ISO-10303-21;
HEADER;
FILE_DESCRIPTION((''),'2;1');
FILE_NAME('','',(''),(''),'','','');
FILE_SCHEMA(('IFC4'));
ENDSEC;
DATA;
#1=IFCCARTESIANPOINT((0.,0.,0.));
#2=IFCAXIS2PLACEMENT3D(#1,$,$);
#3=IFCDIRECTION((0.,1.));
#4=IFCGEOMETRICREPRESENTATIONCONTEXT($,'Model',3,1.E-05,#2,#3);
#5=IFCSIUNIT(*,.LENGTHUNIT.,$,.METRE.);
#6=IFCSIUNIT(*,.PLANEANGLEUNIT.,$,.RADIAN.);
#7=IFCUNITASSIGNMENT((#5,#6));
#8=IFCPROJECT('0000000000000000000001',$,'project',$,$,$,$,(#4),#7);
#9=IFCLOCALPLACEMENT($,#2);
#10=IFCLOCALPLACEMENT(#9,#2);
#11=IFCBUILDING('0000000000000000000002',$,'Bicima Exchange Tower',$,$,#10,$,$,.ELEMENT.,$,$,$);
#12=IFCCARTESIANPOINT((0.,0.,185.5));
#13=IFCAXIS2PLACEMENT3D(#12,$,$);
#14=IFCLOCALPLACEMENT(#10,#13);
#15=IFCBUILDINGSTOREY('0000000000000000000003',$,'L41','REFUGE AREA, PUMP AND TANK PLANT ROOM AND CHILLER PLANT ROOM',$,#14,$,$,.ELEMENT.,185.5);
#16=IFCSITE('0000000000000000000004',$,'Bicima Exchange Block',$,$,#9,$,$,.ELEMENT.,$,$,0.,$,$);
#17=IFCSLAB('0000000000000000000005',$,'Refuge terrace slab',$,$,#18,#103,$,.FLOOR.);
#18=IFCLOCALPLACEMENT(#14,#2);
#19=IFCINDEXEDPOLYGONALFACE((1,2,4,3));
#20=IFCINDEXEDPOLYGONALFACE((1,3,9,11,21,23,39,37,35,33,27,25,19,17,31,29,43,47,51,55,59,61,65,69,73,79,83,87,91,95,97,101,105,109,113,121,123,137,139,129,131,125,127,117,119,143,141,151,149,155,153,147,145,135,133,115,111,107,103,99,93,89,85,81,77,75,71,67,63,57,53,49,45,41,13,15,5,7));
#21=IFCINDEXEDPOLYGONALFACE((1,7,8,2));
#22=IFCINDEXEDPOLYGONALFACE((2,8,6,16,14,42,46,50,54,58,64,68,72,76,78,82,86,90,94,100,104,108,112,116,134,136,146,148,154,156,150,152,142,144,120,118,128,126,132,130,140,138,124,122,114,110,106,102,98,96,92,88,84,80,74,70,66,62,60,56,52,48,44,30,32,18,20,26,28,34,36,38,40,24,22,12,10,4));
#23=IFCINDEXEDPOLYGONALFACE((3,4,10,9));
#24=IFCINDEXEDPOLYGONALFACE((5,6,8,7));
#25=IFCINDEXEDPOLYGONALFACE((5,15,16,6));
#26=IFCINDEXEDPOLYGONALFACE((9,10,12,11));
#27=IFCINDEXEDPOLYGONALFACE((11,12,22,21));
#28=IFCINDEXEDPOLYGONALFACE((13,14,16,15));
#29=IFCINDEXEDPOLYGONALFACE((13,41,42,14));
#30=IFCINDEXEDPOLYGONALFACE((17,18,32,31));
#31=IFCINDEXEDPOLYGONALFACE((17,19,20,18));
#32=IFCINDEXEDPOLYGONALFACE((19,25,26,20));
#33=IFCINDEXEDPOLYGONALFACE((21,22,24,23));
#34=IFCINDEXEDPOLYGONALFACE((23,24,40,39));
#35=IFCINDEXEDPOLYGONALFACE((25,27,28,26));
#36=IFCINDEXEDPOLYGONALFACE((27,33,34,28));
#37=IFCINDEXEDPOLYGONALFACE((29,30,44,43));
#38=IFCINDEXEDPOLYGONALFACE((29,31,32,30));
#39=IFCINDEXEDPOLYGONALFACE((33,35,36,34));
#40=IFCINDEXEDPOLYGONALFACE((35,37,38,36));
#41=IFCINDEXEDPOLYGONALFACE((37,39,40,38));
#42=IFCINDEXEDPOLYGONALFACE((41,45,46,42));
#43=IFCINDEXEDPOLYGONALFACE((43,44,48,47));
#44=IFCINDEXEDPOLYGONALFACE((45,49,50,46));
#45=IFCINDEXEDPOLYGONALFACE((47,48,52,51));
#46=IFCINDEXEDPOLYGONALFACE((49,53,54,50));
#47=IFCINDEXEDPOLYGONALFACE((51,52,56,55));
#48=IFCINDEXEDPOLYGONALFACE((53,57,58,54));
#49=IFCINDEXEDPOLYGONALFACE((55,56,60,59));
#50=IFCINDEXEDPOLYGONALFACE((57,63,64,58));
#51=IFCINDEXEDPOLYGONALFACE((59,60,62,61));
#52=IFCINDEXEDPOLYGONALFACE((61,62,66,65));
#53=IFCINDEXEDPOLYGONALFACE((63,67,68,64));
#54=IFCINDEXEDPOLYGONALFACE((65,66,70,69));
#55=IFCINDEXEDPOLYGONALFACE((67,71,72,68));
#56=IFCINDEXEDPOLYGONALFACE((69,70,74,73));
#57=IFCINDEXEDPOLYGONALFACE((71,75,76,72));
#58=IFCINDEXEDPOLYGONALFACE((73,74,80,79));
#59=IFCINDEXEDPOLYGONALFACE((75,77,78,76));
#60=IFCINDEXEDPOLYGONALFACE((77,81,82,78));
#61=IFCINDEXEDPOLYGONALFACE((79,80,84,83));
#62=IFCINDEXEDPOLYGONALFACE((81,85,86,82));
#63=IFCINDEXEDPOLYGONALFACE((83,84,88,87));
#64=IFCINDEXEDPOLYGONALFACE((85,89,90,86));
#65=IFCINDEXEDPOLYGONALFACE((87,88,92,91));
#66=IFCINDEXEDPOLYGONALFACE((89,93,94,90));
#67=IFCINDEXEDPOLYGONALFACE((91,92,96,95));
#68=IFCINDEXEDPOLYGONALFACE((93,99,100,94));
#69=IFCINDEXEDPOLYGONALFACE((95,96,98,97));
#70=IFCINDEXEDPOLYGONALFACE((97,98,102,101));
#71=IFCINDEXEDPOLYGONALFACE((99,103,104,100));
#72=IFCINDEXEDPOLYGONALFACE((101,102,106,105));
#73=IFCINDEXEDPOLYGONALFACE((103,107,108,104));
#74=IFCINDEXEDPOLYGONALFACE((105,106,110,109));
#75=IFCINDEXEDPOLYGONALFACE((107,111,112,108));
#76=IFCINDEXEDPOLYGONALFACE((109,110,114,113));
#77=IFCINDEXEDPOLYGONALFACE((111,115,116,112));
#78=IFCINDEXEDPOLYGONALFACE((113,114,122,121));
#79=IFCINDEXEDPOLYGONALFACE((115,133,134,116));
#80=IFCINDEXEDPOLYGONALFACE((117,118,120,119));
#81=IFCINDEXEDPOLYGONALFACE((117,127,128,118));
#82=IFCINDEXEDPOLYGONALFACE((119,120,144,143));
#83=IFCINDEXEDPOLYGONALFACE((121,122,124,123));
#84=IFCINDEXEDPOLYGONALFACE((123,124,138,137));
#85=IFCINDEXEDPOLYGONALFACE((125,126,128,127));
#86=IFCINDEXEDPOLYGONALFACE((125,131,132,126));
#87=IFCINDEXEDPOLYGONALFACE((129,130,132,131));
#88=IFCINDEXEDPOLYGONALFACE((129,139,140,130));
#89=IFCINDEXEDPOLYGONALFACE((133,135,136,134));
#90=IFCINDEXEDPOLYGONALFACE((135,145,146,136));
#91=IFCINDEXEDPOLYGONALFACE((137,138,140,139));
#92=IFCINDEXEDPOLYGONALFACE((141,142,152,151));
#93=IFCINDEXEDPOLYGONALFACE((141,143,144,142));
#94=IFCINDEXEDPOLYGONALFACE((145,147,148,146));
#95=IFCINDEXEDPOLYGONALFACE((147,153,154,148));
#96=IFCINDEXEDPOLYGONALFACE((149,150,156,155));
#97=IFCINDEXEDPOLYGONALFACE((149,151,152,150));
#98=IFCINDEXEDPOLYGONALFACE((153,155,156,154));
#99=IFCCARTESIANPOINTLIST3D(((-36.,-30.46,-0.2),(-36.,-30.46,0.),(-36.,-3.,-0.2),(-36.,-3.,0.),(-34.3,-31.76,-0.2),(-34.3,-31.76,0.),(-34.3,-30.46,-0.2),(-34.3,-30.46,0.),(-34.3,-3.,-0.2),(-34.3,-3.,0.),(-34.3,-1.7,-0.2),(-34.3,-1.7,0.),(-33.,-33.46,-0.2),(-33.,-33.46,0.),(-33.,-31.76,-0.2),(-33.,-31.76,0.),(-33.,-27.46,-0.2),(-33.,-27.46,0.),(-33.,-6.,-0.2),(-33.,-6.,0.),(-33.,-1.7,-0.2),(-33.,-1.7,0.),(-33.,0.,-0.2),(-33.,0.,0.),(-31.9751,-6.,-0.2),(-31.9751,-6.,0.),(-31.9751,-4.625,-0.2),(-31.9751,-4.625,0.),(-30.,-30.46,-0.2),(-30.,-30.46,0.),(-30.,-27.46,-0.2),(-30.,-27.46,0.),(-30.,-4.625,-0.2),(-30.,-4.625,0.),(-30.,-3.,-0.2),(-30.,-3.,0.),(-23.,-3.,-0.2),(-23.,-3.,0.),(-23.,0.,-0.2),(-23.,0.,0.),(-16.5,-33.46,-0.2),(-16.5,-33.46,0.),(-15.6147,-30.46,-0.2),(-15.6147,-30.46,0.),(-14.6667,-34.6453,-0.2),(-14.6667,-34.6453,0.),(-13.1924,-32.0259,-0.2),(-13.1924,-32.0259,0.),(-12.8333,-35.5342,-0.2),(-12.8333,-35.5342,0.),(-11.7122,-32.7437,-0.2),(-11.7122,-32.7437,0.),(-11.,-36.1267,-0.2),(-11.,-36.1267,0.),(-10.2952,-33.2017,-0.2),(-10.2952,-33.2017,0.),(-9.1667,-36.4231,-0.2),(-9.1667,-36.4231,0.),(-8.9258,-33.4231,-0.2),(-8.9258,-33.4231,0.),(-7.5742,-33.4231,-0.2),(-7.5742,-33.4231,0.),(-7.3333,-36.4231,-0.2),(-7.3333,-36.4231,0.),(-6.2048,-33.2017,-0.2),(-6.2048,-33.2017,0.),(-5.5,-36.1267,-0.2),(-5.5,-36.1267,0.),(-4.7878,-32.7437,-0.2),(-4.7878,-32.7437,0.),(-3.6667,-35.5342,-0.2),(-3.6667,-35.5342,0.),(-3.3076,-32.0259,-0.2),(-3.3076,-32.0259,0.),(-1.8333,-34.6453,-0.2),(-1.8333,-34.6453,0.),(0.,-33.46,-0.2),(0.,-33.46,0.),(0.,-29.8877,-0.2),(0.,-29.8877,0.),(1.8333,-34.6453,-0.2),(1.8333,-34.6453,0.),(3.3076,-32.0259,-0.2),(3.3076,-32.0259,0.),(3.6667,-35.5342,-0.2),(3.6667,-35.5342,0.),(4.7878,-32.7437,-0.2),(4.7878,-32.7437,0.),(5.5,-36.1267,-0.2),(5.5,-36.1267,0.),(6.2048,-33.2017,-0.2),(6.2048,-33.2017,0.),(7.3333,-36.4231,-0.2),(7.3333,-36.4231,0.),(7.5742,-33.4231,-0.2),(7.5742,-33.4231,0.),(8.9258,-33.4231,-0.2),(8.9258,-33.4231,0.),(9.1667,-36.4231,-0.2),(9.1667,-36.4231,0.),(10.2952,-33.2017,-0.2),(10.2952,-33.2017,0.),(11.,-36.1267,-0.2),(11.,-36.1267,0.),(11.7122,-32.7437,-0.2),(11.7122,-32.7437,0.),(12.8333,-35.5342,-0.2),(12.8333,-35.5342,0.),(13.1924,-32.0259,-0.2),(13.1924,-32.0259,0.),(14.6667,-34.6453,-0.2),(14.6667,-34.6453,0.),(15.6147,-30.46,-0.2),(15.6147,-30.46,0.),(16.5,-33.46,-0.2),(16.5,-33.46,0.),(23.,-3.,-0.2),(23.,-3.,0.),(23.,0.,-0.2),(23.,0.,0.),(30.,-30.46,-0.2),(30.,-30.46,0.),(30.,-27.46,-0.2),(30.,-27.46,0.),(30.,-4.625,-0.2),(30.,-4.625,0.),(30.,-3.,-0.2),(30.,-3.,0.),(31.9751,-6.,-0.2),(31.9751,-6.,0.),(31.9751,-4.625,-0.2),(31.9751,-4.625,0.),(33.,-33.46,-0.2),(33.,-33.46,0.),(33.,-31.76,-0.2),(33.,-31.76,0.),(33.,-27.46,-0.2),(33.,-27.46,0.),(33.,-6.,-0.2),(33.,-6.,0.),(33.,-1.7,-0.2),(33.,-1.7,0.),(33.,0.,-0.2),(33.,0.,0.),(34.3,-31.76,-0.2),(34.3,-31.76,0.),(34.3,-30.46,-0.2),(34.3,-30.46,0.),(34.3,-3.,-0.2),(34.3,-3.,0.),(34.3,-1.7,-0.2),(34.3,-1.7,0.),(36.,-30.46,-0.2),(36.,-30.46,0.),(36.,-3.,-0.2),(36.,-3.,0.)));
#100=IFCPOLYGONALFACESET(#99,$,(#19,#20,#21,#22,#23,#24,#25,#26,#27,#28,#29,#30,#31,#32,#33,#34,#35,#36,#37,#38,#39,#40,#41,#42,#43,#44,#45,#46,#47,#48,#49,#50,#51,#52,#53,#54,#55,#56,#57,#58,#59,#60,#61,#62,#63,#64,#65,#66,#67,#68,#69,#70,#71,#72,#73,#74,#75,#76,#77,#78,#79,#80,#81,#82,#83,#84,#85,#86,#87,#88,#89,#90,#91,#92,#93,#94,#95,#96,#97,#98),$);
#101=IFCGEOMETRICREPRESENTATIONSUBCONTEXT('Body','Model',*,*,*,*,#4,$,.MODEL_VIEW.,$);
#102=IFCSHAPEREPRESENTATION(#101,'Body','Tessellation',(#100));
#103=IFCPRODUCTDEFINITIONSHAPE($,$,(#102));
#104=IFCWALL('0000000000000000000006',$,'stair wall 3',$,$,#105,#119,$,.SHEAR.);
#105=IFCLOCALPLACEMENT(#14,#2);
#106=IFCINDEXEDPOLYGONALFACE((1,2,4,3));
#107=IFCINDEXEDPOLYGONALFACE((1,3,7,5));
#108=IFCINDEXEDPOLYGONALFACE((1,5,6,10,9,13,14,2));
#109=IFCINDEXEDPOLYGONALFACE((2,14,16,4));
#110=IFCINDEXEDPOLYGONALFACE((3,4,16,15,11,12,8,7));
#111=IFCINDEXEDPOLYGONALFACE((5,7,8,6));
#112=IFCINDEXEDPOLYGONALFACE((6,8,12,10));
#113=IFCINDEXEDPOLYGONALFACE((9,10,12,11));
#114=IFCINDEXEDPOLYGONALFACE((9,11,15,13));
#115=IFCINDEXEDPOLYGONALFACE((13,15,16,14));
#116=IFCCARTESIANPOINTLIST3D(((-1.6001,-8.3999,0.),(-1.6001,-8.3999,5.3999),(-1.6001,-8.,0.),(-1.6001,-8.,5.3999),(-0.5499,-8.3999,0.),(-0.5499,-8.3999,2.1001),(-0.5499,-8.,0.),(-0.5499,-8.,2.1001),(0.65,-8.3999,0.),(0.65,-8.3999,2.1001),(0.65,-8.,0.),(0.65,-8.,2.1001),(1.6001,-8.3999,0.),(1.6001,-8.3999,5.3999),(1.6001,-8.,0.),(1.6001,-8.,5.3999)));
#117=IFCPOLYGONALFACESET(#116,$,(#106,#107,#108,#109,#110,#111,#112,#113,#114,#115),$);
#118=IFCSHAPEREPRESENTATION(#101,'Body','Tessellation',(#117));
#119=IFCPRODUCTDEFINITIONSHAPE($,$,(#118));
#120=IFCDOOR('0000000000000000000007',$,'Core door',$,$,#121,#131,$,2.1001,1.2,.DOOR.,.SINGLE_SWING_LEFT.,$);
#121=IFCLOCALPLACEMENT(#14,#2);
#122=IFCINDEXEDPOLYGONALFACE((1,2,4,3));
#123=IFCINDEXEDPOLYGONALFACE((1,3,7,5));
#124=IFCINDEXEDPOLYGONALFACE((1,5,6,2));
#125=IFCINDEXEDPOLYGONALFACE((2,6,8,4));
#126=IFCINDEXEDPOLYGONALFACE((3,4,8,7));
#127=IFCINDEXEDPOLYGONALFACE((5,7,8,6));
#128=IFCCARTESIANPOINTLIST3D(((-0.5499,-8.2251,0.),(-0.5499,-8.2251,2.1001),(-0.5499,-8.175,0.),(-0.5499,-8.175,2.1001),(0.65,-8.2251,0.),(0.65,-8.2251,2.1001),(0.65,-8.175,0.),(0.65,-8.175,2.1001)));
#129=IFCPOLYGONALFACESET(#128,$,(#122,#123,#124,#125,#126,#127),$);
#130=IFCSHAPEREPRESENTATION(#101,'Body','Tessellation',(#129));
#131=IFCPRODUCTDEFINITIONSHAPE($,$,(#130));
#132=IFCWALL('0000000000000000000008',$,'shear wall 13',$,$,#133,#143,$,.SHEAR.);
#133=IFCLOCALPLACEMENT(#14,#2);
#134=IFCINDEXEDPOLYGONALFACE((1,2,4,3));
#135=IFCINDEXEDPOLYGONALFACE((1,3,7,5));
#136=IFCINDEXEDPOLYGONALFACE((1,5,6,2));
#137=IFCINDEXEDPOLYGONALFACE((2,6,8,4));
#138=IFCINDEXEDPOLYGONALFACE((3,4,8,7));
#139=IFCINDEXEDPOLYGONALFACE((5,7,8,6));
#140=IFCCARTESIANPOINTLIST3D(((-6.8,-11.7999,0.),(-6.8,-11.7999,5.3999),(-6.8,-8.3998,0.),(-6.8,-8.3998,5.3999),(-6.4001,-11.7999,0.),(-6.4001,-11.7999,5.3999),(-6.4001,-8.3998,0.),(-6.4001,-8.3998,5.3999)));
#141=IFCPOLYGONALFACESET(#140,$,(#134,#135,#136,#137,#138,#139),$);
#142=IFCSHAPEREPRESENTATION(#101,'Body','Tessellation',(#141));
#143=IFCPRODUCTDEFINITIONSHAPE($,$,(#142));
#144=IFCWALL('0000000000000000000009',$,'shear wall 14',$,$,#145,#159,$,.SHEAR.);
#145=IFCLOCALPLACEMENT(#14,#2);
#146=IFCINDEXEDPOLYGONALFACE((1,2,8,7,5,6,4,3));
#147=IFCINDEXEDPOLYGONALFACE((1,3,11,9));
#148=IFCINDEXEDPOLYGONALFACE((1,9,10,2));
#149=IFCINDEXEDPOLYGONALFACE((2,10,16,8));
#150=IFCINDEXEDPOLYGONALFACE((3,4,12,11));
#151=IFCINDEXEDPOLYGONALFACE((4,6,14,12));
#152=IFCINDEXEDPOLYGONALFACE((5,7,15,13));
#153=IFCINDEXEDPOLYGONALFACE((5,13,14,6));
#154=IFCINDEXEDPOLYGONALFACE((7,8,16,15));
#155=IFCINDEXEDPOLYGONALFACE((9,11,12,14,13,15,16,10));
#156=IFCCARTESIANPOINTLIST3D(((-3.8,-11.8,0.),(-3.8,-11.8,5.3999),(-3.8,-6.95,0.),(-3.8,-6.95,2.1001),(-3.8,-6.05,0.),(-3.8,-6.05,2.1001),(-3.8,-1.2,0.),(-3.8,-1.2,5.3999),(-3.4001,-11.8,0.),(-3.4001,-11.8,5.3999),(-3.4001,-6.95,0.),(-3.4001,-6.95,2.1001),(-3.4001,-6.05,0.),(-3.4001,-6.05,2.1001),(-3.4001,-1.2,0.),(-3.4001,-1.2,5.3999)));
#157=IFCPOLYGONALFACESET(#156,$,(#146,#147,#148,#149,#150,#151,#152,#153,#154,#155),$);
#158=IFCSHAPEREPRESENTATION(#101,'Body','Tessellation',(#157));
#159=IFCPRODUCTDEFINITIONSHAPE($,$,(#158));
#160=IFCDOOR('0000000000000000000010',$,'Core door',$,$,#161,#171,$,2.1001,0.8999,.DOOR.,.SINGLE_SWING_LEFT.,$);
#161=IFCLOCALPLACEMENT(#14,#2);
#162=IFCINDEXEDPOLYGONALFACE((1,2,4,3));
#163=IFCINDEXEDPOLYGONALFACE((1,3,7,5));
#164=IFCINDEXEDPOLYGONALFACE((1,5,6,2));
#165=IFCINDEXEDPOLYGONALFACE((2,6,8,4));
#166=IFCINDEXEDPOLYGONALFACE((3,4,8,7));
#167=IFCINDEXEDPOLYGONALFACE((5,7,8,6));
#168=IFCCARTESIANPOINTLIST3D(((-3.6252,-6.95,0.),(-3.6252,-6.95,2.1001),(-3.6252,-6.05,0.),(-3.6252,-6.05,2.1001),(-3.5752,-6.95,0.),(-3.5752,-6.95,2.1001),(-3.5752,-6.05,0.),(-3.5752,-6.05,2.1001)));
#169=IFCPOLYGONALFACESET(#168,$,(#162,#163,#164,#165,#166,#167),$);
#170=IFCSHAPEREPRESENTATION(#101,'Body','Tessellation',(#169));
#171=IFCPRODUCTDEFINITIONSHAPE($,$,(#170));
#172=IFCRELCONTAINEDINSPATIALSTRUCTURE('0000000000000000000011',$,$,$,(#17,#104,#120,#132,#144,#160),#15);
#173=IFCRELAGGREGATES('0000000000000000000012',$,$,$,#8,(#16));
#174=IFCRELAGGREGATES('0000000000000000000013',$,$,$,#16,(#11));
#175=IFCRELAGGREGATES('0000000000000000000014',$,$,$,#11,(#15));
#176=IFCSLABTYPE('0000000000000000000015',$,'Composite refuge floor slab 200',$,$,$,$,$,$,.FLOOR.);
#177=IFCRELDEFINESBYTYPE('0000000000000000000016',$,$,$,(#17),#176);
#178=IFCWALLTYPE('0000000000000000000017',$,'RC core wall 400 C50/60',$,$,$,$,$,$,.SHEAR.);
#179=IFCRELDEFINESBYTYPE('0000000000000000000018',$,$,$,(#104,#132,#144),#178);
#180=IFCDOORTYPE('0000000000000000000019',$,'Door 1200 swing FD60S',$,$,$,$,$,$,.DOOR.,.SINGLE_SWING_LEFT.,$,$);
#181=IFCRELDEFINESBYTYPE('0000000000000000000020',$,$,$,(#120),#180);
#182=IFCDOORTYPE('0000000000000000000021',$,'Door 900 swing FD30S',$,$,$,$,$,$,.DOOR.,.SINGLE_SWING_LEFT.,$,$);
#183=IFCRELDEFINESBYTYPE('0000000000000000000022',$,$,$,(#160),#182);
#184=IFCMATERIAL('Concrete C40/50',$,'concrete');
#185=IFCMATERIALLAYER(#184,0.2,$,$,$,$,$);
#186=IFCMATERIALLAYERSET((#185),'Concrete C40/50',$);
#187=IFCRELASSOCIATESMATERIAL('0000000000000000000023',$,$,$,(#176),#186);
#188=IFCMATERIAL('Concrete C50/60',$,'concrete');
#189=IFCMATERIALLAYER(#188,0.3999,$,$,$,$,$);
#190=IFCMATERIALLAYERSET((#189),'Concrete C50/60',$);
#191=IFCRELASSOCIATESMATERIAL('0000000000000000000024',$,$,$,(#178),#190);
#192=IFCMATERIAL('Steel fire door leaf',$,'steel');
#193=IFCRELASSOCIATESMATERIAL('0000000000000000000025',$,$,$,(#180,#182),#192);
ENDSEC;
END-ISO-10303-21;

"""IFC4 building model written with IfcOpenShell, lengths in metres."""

from ifc_helpers import new_model, si_unit, direction, frame, frame_2d, origin, place, context, subcontext, project, spatial, polyline, rectangle, outline, extrude, material, layer, layer_set, type_object, element, fill, save


model = new_model("IFC4")

# Units and contexts
model_context = context("Model", 3, precision=1e-05, world=origin(), true_north=direction((0.0, 1.0)))
body_context = subcontext(model_context, "Body", "Model", "MODEL_VIEW")
ifc_project = project(units=[si_unit("LENGTHUNIT", "METRE"), si_unit("PLANEANGLEUNIT", "RADIAN")], contexts=[model_context])

# Site, building, storey
site_placement = place(None, origin())
site = spatial("IfcSite", under=ifc_project, at=site_placement, Name="Bicima Exchange Block", CompositionType="ELEMENT", RefElevation=0.0)
building_placement = place(site_placement, origin())
building = spatial("IfcBuilding", under=site, at=building_placement, Name="Bicima Exchange Tower", CompositionType="ELEMENT")
storey_placement = place(building_placement, frame((0.0, 0.0, 185.5)))
storey = spatial("IfcBuildingStorey", under=building, at=storey_placement, Name="L41", Description="REFUGE AREA, PUMP AND TANK PLANT ROOM AND CHILLER PLANT ROOM", CompositionType="ELEMENT", Elevation=185.5)

# Slab
ifc_material_1 = material(Name="Concrete C40/50", Category="concrete")
ifc_layer_1 = layer(ifc_material_1, 0.2)
ifc_layer_set_1 = layer_set([ifc_layer_1], Name="Concrete C40/50")
slab_type = type_object("IfcSlabType", Name="Composite refuge floor slab 200", PredefinedType="FLOOR", material=ifc_layer_set_1)
slab_1_placement = place(storey_placement, frame((0.0, 0.0, -0.2)))
element("IfcSlab", 1, at=slab_1_placement, inside=storey, type_object=slab_type, Name="Refuge terrace slab", PredefinedType="FLOOR", context=body_context, shape_type="SweptSolid", body=[
    extrude(outline(polyline([(30.0, -3.0), (23.0, -3.0), (23.0, 0.0), (33.0, 0.0), (33.0, -1.7), (34.3, -1.7), (34.3, -3.0), (36.0, -3.0), (36.0, -30.46), (34.3, -30.46), (34.3, -31.76), (33.0, -31.76), (33.0, -33.46), (16.5, -33.46), (14.6667, -34.6453), (12.8333, -35.5342), (11.0, -36.1267), (9.1667, -36.4231), (7.3333, -36.4231), (5.5, -36.1267), (3.6667, -35.5342), (1.8333, -34.6453), (0.0, -33.46), (-1.8333, -34.6453), (-3.6667, -35.5342), (-5.5, -36.1267), (-7.3333, -36.4231), (-9.1667, -36.4231), (-11.0, -36.1267), (-12.8333, -35.5342), (-14.6667, -34.6453), (-16.5, -33.46), (-33.0, -33.46), (-33.0, -31.76), (-34.3, -31.76), (-34.3, -30.46), (-36.0, -30.46), (-36.0, -3.0), (-34.3, -3.0), (-34.3, -1.7), (-33.0, -1.7), (-33.0, 0.0), (-23.0, 0.0), (-23.0, -3.0), (-30.0, -3.0), (-30.0, -4.625), (-31.9751, -4.625), (-31.9751, -6.0), (-33.0, -6.0), (-33.0, -27.46), (-30.0, -27.46), (-30.0, -30.46), (-15.6147, -30.46), (-13.1924, -32.0259), (-11.7122, -32.7437), (-10.2952, -33.2017), (-8.9258, -33.4231), (-7.5742, -33.4231), (-6.2048, -33.2017), (-4.7878, -32.7437), (-3.3076, -32.0259), (0.0, -29.8877), (3.3076, -32.0259), (4.7878, -32.7437), (6.2048, -33.2017), (7.5742, -33.4231), (8.9258, -33.4231), (10.2952, -33.2017), (11.7122, -32.7437), (13.1924, -32.0259), (15.6147, -30.46), (30.0, -30.46), (30.0, -27.46), (33.0, -27.46), (33.0, -6.0), (31.9751, -6.0), (31.9751, -4.625), (30.0, -4.625), (30.0, -3.0)])), origin(), (0.0, 0.0, 1.0), 0.2),
])

# Wall, opening, door
ifc_material_2 = material(Name="Concrete C50/60", Category="concrete")
ifc_layer_2 = layer(ifc_material_2, 0.3999)
ifc_layer_set_2 = layer_set([ifc_layer_2], Name="Concrete C50/60")
wall_type_1 = type_object("IfcWallType", Name="RC core wall 400 C50/60", PredefinedType="SHEAR", material=ifc_layer_set_2)
wall_1_placement = place(storey_placement, frame((-1.6001, -8.2, 0.0), z_axis=(0.0, 0.0, 1.0), x_axis=(1.0, 0.0, 0.0)))
wall_1 = element("IfcWall", 2, at=wall_1_placement, inside=storey, type_object=wall_type_1, Name="stair wall 3", PredefinedType="SHEAR", context=body_context, shape_type="SweptSolid", body=[
    extrude(rectangle(XDim=3.2002, YDim=0.3999, at=frame_2d((1.6001, 0.0))), origin(), (0.0, 0.0, 1.0), 5.3999),
])
opening_1_placement = place(wall_1_placement, frame((1.05, 0.0, 0.0)))
opening_1 = element("IfcOpeningElement", 3, at=opening_1_placement, cuts=wall_1, PredefinedType="OPENING", context=body_context, shape_type="SweptSolid", body=[
    extrude(rectangle(XDim=1.2, YDim=2.1001, at=frame_2d((0.6001, 1.05))), frame((0.0, 0.2119, 0.0), z_axis=(0.0, -1.0, 0.0), x_axis=(1.0, 0.0, 0.0)), (0.0, 0.0, 1.0), 0.4238),
])
ifc_material_3 = material(Name="Steel fire door leaf", Category="steel")
door_type_1 = type_object("IfcDoorType", Name="Door 1200 swing FD60S", OperationType="SINGLE_SWING_LEFT", PredefinedType="DOOR", material=ifc_material_3)
door_1_placement = place(opening_1_placement, origin())
door_1 = element("IfcDoor", 4, at=door_1_placement, inside=storey, type_object=door_type_1, Name="Core door", OperationType="SINGLE_SWING_LEFT", OverallHeight=2.1001, OverallWidth=1.2, PredefinedType="DOOR", context=body_context, shape_type="SweptSolid", body=[
    extrude(rectangle(XDim=1.2, YDim=2.1001, at=frame_2d((0.6001, 1.05))), frame((0.0, 0.0249, 0.0), z_axis=(0.0, -1.0, 0.0), x_axis=(1.0, 0.0, 0.0)), (0.0, 0.0, 1.0), 0.05),
])
fill(opening_1, door_1)

# Wall
wall_2_placement = place(storey_placement, frame((-6.6001, -11.8, 0.0), z_axis=(0.0, 0.0, 1.0), x_axis=(0.0, 1.0, 0.0)))
element("IfcWall", 5, at=wall_2_placement, inside=storey, type_object=wall_type_1, Name="shear wall 13", PredefinedType="SHEAR", context=body_context, shape_type="SweptSolid", body=[
    extrude(rectangle(XDim=3.4001, YDim=0.3999, at=frame_2d((1.7002, 0.0))), origin(), (0.0, 0.0, 1.0), 5.3999),
])

# Wall, opening, door
wall_3_placement = place(storey_placement, frame((-3.6001, -11.8, 0.0), z_axis=(0.0, 0.0, 1.0), x_axis=(0.0, 1.0, 0.0)))
wall_3 = element("IfcWall", 6, at=wall_3_placement, inside=storey, type_object=wall_type_1, Name="shear wall 14", PredefinedType="SHEAR", context=body_context, shape_type="SweptSolid", body=[
    extrude(rectangle(XDim=10.6001, YDim=0.3999, at=frame_2d((5.3, 0.0))), origin(), (0.0, 0.0, 1.0), 5.3999),
])
opening_2_placement = place(wall_3_placement, frame((4.8501, 0.0, 0.0)))
opening_2 = element("IfcOpeningElement", 7, at=opening_2_placement, cuts=wall_3, PredefinedType="OPENING", context=body_context, shape_type="SweptSolid", body=[
    extrude(rectangle(XDim=0.8999, YDim=2.1001, at=frame_2d((0.45, 1.05))), frame((0.0, 0.2119, 0.0), z_axis=(0.0, -1.0, 0.0), x_axis=(1.0, 0.0, 0.0)), (0.0, 0.0, 1.0), 0.4238),
])
door_type_2 = type_object("IfcDoorType", Name="Door 900 swing FD30S", OperationType="SINGLE_SWING_LEFT", PredefinedType="DOOR", material=ifc_material_3)
door_2_placement = place(opening_2_placement, frame((0.8999, 0.0, 0.0), z_axis=(0.0, 0.0, 1.0), x_axis=(-1.0, 0.0, 0.0)))
door_2 = element("IfcDoor", 8, at=door_2_placement, inside=storey, type_object=door_type_2, Name="Core door", OperationType="SINGLE_SWING_LEFT", OverallHeight=2.1001, OverallWidth=0.8999, PredefinedType="DOOR", context=body_context, shape_type="SweptSolid", body=[
    extrude(rectangle(XDim=0.8999, YDim=2.1001, at=frame_2d((0.45, 1.05))), frame((0.0, 0.0249, 0.0), z_axis=(0.0, -1.0, 0.0), x_axis=(1.0, 0.0, 0.0)), (0.0, 0.0, 1.0), 0.05),
])
fill(opening_2, door_2)

save(model, "model.ifc")
